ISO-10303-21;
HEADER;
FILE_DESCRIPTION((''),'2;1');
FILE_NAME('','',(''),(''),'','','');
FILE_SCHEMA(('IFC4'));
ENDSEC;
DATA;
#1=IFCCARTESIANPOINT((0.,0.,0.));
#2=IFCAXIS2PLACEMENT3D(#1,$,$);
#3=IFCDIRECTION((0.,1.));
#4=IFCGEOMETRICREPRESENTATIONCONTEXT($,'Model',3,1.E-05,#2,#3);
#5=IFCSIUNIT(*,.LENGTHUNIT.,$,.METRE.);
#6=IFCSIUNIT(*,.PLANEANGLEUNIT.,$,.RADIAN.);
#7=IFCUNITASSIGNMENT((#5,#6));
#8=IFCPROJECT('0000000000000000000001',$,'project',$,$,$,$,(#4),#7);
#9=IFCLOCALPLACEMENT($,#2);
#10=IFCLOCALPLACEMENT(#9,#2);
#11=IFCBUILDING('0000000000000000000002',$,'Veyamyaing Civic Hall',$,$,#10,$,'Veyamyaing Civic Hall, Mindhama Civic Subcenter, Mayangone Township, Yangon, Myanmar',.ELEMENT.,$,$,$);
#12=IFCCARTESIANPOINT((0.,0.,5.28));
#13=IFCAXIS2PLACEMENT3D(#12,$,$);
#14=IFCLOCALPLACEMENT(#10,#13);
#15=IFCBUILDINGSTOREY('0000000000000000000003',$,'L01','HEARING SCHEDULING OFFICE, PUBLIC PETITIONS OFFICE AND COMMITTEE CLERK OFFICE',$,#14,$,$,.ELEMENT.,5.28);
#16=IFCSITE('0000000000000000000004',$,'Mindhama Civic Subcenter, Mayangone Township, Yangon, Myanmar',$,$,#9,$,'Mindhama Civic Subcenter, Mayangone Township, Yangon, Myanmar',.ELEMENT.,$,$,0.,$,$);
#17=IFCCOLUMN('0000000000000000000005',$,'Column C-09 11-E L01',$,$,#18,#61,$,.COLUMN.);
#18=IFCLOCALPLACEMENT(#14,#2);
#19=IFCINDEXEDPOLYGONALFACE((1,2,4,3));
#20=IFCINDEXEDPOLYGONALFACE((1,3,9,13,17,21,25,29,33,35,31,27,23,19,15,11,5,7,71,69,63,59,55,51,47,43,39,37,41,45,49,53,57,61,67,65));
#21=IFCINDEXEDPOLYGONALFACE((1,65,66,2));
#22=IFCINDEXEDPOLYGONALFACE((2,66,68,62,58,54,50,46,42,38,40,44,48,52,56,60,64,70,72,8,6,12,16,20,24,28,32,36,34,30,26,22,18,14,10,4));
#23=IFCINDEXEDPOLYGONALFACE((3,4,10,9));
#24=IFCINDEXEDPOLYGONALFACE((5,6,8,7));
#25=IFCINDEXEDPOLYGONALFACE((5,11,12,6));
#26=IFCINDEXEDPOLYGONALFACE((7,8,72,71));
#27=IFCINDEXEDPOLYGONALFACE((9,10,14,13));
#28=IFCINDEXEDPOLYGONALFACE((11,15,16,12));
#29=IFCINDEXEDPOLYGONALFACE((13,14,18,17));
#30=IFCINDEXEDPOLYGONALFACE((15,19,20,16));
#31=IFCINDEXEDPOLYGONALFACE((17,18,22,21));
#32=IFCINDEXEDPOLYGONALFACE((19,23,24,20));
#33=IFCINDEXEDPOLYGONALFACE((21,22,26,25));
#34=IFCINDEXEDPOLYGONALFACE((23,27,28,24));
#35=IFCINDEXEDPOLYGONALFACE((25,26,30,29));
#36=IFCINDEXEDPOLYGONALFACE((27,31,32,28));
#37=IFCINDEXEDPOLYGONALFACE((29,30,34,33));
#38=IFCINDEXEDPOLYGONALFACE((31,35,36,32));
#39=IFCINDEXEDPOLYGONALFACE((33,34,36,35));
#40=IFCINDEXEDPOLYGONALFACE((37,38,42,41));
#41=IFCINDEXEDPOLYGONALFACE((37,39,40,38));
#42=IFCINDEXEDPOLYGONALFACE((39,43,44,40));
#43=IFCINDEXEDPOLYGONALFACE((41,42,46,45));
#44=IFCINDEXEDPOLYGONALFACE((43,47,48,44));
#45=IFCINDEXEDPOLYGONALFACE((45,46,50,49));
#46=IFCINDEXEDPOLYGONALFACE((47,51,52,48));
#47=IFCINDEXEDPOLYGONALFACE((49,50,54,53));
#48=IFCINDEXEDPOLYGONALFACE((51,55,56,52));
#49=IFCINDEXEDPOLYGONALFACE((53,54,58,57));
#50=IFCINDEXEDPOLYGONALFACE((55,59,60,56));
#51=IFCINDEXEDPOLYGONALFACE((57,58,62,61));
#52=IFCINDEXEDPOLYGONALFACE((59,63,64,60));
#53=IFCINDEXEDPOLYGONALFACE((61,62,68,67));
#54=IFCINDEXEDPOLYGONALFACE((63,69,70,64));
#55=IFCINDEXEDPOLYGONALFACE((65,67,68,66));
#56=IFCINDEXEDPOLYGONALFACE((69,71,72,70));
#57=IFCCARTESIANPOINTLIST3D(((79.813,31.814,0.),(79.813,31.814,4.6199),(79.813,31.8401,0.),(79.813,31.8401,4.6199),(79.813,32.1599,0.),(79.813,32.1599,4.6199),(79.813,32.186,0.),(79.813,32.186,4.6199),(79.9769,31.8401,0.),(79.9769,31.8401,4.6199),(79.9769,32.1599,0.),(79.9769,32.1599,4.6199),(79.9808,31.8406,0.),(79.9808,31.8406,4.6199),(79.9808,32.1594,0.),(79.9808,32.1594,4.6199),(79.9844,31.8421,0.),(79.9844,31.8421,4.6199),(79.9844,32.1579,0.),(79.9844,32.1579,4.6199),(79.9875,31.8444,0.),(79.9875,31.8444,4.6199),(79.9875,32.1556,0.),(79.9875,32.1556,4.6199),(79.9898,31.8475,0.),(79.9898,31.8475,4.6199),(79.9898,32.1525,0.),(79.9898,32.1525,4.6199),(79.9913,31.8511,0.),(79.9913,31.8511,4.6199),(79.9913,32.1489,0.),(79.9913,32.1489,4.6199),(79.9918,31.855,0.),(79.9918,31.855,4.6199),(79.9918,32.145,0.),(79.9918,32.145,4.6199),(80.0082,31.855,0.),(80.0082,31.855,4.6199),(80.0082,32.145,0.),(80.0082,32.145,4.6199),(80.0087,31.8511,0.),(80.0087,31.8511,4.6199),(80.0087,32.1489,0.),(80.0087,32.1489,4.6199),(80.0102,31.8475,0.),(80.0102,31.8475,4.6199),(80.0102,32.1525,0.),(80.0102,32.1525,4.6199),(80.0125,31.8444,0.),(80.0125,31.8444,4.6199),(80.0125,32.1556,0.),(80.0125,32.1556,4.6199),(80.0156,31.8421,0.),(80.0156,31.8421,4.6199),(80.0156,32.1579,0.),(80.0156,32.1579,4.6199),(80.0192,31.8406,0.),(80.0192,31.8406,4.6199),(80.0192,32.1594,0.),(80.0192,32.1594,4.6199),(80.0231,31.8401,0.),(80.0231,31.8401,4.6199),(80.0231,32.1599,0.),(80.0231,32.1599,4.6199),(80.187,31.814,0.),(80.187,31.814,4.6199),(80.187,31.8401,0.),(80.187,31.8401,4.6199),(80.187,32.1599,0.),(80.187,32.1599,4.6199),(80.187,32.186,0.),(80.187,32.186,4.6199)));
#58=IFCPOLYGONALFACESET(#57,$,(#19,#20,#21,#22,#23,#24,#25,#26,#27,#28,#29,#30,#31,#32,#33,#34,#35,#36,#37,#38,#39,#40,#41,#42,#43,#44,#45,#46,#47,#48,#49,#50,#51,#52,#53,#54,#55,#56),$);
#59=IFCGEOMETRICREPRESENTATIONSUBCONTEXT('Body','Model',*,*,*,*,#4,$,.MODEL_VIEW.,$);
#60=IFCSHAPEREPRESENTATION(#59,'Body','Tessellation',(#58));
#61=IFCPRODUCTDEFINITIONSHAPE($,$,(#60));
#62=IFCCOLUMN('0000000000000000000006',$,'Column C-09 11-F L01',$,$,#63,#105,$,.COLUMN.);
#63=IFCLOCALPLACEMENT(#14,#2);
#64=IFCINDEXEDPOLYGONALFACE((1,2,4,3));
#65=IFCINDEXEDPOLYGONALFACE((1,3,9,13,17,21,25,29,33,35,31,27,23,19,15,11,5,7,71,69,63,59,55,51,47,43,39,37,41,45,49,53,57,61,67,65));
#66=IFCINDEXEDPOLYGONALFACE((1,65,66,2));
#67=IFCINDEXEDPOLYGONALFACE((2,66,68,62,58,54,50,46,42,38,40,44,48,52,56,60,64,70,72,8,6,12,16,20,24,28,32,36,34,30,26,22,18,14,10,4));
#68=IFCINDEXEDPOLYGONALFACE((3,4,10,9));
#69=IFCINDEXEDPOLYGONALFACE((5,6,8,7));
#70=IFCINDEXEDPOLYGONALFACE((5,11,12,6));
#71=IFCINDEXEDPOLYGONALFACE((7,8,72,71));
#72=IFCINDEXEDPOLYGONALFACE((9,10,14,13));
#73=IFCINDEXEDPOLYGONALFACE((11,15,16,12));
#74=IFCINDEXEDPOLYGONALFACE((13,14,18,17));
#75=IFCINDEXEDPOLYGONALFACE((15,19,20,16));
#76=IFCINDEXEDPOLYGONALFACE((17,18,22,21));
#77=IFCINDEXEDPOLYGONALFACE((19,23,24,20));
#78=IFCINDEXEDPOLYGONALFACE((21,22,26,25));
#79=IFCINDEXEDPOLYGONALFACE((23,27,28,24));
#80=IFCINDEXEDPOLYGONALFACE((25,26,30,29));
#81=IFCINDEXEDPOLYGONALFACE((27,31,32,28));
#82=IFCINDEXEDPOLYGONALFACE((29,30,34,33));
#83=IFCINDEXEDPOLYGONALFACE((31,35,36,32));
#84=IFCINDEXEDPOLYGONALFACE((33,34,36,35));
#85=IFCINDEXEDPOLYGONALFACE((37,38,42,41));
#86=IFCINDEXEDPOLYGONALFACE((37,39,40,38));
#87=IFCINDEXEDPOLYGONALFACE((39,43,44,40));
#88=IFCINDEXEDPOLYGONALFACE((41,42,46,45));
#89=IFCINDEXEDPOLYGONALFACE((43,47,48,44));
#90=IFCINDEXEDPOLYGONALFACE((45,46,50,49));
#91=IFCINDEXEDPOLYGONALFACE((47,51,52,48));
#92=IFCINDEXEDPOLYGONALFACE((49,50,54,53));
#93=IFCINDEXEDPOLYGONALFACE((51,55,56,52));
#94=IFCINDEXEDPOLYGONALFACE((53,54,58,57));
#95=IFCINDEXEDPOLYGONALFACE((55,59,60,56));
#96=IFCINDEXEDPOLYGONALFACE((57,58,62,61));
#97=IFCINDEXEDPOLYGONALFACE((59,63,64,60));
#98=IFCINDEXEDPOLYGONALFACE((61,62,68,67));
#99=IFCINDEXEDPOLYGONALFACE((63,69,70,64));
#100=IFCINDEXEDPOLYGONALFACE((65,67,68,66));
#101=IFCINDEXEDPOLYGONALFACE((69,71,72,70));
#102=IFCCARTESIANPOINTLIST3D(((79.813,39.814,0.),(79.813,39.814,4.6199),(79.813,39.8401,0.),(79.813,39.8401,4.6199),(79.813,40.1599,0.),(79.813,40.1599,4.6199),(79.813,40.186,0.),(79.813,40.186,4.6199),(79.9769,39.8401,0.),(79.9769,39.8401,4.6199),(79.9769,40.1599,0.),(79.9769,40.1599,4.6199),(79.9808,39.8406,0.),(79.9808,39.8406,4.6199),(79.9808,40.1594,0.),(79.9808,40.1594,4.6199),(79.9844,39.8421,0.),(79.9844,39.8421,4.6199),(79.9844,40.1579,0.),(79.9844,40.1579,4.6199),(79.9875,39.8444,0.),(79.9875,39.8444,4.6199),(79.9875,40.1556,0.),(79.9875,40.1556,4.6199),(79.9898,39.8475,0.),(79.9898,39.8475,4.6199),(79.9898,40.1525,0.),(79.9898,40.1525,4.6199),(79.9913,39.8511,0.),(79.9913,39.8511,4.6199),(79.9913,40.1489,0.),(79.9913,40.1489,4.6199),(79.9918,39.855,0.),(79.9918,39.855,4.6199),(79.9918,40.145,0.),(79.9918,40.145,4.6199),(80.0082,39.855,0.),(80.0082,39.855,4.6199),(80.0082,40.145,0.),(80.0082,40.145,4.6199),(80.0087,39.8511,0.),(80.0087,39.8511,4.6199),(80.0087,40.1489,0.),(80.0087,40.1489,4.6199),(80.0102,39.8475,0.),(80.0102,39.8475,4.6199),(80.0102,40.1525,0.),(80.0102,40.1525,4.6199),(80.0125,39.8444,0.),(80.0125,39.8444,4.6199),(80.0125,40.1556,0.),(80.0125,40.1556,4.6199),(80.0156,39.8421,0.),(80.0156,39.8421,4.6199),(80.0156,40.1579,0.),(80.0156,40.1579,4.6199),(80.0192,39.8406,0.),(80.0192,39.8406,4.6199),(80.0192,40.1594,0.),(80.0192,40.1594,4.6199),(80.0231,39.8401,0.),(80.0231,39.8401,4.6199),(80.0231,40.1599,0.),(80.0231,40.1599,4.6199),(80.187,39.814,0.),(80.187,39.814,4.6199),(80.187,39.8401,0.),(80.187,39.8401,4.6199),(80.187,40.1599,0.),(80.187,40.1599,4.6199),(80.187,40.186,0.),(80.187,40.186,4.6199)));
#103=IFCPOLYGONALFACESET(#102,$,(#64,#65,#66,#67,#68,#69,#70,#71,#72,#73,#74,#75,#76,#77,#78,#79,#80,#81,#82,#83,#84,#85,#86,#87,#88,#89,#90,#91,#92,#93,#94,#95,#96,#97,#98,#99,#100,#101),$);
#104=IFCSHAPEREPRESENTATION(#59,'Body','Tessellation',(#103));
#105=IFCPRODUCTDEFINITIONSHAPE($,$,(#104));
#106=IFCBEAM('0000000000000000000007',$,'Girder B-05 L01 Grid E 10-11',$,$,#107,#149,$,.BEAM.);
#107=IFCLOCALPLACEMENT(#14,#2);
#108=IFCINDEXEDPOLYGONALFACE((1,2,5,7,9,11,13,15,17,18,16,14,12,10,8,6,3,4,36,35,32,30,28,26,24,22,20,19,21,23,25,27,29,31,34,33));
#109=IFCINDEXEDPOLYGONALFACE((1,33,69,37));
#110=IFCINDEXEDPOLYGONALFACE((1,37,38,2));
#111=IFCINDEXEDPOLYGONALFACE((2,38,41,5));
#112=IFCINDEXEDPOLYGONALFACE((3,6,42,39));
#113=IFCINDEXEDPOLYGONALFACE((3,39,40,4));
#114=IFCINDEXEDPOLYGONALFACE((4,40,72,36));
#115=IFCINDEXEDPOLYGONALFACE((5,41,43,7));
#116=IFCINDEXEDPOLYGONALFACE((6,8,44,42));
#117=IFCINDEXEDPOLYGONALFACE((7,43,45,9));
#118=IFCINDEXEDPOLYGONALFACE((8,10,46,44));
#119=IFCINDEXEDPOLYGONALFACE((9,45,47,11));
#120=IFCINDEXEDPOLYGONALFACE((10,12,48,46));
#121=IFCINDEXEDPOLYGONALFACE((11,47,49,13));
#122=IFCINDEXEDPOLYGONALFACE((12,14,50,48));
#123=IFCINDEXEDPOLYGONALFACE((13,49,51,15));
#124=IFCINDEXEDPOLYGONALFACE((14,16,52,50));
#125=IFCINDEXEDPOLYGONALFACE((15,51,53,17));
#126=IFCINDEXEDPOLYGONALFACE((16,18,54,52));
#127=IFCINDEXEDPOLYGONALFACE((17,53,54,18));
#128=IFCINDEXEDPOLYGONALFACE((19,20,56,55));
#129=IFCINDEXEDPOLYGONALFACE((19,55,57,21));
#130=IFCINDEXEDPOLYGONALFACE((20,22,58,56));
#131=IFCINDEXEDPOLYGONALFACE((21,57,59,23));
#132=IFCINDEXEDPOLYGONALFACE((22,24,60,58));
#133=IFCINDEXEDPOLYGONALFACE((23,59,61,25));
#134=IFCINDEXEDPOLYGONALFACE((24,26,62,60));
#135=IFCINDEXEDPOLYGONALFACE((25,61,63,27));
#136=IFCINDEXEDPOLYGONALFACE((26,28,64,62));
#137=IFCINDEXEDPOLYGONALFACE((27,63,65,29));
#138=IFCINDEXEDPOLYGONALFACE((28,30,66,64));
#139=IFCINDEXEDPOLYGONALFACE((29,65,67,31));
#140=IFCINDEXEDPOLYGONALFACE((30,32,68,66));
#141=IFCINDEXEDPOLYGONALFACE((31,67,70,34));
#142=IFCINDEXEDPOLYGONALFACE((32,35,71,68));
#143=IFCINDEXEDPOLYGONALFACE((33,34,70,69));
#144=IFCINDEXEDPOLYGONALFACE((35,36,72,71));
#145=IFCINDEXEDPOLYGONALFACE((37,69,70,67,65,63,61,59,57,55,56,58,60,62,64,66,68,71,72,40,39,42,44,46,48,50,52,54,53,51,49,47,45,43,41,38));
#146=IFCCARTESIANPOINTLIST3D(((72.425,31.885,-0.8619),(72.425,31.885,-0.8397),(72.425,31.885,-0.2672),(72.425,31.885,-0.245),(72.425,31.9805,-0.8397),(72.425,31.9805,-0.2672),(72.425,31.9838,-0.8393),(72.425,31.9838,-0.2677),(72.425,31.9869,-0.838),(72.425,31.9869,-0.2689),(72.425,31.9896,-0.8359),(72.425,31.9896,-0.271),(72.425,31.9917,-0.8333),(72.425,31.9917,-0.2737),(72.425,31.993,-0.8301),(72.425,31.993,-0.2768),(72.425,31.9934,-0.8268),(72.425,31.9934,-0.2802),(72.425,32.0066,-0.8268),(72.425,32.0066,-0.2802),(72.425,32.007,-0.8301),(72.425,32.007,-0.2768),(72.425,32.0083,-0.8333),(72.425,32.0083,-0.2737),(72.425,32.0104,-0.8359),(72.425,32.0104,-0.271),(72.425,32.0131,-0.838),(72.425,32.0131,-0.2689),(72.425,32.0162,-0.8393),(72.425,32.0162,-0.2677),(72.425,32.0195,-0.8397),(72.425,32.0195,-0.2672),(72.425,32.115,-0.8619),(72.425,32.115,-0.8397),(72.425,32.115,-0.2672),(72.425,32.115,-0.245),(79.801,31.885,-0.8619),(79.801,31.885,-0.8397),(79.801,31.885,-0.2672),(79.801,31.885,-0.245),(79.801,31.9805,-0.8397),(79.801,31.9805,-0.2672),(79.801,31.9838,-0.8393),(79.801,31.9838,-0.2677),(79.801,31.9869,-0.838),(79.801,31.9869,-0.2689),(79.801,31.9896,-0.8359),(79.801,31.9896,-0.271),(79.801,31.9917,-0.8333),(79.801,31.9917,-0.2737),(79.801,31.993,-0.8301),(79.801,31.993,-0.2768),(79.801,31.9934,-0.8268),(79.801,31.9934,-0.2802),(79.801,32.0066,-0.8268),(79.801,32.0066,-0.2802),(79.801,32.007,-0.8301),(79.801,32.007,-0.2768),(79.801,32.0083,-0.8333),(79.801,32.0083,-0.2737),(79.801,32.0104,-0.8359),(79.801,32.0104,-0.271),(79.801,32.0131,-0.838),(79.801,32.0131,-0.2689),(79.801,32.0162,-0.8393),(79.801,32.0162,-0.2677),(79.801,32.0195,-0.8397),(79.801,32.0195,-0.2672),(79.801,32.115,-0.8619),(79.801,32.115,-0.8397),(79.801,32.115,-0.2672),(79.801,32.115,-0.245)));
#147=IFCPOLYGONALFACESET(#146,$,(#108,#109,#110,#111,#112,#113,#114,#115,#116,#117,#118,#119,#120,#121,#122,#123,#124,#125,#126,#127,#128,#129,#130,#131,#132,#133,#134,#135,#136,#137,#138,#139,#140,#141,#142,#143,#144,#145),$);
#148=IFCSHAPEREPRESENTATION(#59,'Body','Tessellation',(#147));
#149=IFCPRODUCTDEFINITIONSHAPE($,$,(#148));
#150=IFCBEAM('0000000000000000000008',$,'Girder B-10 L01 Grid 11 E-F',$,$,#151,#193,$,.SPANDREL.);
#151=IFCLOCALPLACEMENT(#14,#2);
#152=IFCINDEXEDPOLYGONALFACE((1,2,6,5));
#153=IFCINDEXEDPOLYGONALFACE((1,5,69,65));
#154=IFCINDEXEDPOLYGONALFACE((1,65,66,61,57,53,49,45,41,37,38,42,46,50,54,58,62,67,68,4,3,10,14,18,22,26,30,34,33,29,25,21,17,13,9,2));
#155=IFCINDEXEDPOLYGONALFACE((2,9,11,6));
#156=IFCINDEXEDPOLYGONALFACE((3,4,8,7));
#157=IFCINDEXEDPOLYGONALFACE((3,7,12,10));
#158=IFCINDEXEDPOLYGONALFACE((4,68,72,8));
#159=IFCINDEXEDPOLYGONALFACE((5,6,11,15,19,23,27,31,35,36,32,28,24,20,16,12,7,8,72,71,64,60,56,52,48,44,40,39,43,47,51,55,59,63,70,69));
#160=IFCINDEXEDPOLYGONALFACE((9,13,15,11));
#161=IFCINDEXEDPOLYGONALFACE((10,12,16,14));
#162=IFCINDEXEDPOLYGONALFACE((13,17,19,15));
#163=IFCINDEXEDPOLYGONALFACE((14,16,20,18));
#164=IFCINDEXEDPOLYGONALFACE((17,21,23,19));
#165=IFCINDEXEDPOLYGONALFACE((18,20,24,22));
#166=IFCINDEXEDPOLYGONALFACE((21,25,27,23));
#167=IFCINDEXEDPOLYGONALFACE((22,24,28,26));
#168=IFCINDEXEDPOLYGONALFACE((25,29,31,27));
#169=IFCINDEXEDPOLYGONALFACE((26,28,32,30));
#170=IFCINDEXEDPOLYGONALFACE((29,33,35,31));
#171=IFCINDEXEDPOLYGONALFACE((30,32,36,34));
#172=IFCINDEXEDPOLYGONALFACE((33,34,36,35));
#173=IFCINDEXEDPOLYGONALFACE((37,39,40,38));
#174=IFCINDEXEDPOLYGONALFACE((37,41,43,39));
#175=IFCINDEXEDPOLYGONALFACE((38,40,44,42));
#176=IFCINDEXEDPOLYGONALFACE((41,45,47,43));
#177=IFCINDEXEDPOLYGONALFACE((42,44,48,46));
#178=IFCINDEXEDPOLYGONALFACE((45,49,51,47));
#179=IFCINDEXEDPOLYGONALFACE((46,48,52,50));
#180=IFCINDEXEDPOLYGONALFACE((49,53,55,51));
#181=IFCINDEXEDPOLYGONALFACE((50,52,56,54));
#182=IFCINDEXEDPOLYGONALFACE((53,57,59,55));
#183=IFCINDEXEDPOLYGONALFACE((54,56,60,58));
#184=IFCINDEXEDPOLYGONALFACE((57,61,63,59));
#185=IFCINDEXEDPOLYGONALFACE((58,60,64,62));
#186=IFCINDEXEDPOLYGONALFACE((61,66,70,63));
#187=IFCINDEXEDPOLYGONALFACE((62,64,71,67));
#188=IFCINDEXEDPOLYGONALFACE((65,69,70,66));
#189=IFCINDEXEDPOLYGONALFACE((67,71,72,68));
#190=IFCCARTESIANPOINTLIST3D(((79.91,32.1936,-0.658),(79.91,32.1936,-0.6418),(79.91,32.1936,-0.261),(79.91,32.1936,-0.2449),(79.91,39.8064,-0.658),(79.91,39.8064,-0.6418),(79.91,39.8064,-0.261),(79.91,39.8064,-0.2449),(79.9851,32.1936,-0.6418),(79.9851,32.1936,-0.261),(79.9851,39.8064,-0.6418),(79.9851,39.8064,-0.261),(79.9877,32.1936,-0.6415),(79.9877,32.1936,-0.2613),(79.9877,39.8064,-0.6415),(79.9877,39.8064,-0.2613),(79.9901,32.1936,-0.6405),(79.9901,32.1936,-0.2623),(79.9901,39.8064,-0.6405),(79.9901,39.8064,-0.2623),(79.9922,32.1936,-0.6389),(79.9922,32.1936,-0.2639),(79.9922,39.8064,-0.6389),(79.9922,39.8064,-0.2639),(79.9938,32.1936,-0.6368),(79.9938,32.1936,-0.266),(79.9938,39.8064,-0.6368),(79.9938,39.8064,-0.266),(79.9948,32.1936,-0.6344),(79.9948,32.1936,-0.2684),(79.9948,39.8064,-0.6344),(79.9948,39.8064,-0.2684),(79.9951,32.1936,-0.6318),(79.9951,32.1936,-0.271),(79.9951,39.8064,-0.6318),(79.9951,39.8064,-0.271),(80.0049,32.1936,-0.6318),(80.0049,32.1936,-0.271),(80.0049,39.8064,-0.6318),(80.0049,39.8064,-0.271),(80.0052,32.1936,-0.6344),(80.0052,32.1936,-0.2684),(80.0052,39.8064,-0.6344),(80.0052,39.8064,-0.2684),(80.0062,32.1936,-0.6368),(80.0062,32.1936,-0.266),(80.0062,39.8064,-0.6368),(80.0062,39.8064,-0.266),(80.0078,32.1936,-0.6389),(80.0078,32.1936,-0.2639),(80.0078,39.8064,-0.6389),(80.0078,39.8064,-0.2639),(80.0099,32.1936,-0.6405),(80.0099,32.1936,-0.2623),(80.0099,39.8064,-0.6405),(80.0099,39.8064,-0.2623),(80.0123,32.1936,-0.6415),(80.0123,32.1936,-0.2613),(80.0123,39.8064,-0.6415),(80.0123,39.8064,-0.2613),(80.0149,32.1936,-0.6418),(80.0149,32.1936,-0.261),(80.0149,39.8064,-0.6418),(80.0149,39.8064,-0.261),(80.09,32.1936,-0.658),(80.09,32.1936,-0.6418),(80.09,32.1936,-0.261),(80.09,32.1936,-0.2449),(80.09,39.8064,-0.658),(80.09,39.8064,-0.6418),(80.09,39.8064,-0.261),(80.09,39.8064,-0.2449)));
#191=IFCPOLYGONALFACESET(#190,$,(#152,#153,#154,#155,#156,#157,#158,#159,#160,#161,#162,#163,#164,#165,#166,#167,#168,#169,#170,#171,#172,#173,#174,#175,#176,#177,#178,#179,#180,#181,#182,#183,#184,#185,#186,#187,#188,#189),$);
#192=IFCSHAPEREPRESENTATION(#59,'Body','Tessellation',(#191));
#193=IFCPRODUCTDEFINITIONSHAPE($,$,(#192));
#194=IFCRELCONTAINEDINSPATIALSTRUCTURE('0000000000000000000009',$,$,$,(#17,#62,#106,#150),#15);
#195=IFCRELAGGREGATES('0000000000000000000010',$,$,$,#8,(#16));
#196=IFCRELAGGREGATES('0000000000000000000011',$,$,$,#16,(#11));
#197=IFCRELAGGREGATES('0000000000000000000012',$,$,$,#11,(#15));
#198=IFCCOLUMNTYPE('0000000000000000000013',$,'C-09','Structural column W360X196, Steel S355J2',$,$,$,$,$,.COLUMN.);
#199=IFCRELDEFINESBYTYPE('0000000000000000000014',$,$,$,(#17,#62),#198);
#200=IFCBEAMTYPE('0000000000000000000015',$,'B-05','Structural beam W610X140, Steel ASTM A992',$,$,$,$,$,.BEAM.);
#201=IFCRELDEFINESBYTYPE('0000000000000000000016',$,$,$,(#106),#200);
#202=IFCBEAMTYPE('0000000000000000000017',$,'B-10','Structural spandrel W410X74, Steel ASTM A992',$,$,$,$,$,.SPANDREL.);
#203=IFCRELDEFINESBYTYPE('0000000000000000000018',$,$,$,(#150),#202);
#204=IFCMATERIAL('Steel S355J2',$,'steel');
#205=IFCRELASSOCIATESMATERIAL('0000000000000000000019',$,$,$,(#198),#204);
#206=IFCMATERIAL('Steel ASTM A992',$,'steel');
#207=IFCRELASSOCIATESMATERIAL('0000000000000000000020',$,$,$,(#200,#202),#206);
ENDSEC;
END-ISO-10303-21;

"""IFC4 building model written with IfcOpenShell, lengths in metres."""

from ifc_helpers import new_model, si_unit, direction, frame, origin, origin_2d, place, context, subcontext, project, spatial, i_section, extrude, material, material_profile, profile_set, type_object, element, save


model = new_model("IFC4")

# Units and contexts
model_context = context("Model", 3, precision=1e-05, world=origin(), true_north=direction((0.0, 1.0)))
body_context = subcontext(model_context, "Body", "Model", "MODEL_VIEW")
ifc_project = project(units=[si_unit("LENGTHUNIT", "METRE"), si_unit("PLANEANGLEUNIT", "RADIAN")], contexts=[model_context])

# Site, building, storey
site_placement = place(None, origin())
site = spatial("IfcSite", under=ifc_project, at=site_placement, Name="Mindhama Civic Subcenter, Mayangone Township, Yangon, Myanmar", LongName="Mindhama Civic Subcenter, Mayangone Township, Yangon, Myanmar", CompositionType="ELEMENT", RefElevation=0.0)
building_placement = place(site_placement, origin())
building = spatial("IfcBuilding", under=site, at=building_placement, Name="Veyamyaing Civic Hall", LongName="Veyamyaing Civic Hall, Mindhama Civic Subcenter, Mayangone Township, Yangon, Myanmar", CompositionType="ELEMENT")
storey_placement = place(building_placement, frame((0.0, 0.0, 5.28)))
storey = spatial("IfcBuildingStorey", under=building, at=storey_placement, Name="L01", Description="HEARING SCHEDULING OFFICE, PUBLIC PETITIONS OFFICE AND COMMITTEE CLERK OFFICE", CompositionType="ELEMENT", Elevation=5.28)

# Columns
ifc_material_1 = material(Name="Steel S355J2", Category="steel")
ifc_material_profile_1 = material_profile(ifc_material_1, i_section(OverallWidth=0.374, OverallDepth=0.3721, WebThickness=0.0164, FlangeThickness=0.0261, FilletRadius=0.0149, at=origin_2d()), Name="W360X196")
ifc_profile_set_1 = profile_set([ifc_material_profile_1], Name="Steel S355J2")
column_type = type_object("IfcColumnType", Name="C-09", Description="Structural column W360X196, Steel S355J2", PredefinedType="COLUMN", material=ifc_profile_set_1)
for number, where, z_axis, x_axis, name in (
    (1, (80.0, 32.0, 0.0), (0.0, 0.0, 1.0), (1.0, 0.0, 0.0), "Column C-09 11-E L01"),
    (2, (80.0, 40.0, 0.0), (0.0, 0.0, 1.0), (1.0, 0.0, 0.0), "Column C-09 11-F L01"),
):
    element("IfcColumn", number, at=place(storey_placement, frame(where, z_axis=z_axis, x_axis=x_axis)), inside=storey, type_object=column_type, Name=name, PredefinedType="COLUMN", context=body_context, shape_type="SweptSolid", body=[
        extrude(i_section(OverallWidth=0.374, OverallDepth=0.3721, WebThickness=0.0164, FlangeThickness=0.0261, FilletRadius=0.0149, at=origin_2d()), origin(), (0.0, 0.0, 1.0), 4.6199),
    ])

# Beams
ifc_material_2 = material(Name="Steel ASTM A992", Category="steel")
ifc_material_profile_2 = material_profile(ifc_material_2, i_section(OverallWidth=0.23, OverallDepth=0.6169, WebThickness=0.0132, FlangeThickness=0.0222, FilletRadius=0.0129, at=origin_2d()), Name="W610X140")
ifc_profile_set_2 = profile_set([ifc_material_profile_2], Name="Steel ASTM A992")
beam_type_1 = type_object("IfcBeamType", Name="B-05", Description="Structural beam W610X140, Steel ASTM A992", PredefinedType="BEAM", material=ifc_profile_set_2)
beam_1_placement = place(storey_placement, frame((72.425, 32.0, -0.5535), z_axis=(1.0, 0.0, 0.0), x_axis=(0.0, 1.0, 0.0)))
element("IfcBeam", 3, at=beam_1_placement, inside=storey, type_object=beam_type_1, Name="Girder B-05 L01 Grid E 10-11", PredefinedType="BEAM", context=body_context, shape_type="SweptSolid", body=[
    extrude(i_section(OverallWidth=0.23, OverallDepth=0.6169, WebThickness=0.0132, FlangeThickness=0.0222, FilletRadius=0.0129, at=origin_2d()), origin(), (0.0, 0.0, 1.0), 7.376),
])
ifc_material_profile_3 = material_profile(ifc_material_2, i_section(OverallWidth=0.1799, OverallDepth=0.4131, WebThickness=0.0098, FlangeThickness=0.0161, FilletRadius=0.01, at=origin_2d()), Name="W410X74")
ifc_profile_set_3 = profile_set([ifc_material_profile_3], Name="Steel ASTM A992")
beam_type_2 = type_object("IfcBeamType", Name="B-10", Description="Structural spandrel W410X74, Steel ASTM A992", PredefinedType="SPANDREL", material=ifc_profile_set_3)
beam_2_placement = place(storey_placement, frame((80.0, 32.1936, -0.4514), z_axis=(0.0, 1.0, 0.0), x_axis=(-1.0, 0.0, 0.0)))
element("IfcBeam", 4, at=beam_2_placement, inside=storey, type_object=beam_type_2, Name="Girder B-10 L01 Grid 11 E-F", PredefinedType="SPANDREL", context=body_context, shape_type="SweptSolid", body=[
    extrude(i_section(OverallWidth=0.1799, OverallDepth=0.4131, WebThickness=0.0098, FlangeThickness=0.0161, FilletRadius=0.01, at=origin_2d()), origin(), (0.0, 0.0, 1.0), 7.6128),
])

save(model, "model.ifc")
